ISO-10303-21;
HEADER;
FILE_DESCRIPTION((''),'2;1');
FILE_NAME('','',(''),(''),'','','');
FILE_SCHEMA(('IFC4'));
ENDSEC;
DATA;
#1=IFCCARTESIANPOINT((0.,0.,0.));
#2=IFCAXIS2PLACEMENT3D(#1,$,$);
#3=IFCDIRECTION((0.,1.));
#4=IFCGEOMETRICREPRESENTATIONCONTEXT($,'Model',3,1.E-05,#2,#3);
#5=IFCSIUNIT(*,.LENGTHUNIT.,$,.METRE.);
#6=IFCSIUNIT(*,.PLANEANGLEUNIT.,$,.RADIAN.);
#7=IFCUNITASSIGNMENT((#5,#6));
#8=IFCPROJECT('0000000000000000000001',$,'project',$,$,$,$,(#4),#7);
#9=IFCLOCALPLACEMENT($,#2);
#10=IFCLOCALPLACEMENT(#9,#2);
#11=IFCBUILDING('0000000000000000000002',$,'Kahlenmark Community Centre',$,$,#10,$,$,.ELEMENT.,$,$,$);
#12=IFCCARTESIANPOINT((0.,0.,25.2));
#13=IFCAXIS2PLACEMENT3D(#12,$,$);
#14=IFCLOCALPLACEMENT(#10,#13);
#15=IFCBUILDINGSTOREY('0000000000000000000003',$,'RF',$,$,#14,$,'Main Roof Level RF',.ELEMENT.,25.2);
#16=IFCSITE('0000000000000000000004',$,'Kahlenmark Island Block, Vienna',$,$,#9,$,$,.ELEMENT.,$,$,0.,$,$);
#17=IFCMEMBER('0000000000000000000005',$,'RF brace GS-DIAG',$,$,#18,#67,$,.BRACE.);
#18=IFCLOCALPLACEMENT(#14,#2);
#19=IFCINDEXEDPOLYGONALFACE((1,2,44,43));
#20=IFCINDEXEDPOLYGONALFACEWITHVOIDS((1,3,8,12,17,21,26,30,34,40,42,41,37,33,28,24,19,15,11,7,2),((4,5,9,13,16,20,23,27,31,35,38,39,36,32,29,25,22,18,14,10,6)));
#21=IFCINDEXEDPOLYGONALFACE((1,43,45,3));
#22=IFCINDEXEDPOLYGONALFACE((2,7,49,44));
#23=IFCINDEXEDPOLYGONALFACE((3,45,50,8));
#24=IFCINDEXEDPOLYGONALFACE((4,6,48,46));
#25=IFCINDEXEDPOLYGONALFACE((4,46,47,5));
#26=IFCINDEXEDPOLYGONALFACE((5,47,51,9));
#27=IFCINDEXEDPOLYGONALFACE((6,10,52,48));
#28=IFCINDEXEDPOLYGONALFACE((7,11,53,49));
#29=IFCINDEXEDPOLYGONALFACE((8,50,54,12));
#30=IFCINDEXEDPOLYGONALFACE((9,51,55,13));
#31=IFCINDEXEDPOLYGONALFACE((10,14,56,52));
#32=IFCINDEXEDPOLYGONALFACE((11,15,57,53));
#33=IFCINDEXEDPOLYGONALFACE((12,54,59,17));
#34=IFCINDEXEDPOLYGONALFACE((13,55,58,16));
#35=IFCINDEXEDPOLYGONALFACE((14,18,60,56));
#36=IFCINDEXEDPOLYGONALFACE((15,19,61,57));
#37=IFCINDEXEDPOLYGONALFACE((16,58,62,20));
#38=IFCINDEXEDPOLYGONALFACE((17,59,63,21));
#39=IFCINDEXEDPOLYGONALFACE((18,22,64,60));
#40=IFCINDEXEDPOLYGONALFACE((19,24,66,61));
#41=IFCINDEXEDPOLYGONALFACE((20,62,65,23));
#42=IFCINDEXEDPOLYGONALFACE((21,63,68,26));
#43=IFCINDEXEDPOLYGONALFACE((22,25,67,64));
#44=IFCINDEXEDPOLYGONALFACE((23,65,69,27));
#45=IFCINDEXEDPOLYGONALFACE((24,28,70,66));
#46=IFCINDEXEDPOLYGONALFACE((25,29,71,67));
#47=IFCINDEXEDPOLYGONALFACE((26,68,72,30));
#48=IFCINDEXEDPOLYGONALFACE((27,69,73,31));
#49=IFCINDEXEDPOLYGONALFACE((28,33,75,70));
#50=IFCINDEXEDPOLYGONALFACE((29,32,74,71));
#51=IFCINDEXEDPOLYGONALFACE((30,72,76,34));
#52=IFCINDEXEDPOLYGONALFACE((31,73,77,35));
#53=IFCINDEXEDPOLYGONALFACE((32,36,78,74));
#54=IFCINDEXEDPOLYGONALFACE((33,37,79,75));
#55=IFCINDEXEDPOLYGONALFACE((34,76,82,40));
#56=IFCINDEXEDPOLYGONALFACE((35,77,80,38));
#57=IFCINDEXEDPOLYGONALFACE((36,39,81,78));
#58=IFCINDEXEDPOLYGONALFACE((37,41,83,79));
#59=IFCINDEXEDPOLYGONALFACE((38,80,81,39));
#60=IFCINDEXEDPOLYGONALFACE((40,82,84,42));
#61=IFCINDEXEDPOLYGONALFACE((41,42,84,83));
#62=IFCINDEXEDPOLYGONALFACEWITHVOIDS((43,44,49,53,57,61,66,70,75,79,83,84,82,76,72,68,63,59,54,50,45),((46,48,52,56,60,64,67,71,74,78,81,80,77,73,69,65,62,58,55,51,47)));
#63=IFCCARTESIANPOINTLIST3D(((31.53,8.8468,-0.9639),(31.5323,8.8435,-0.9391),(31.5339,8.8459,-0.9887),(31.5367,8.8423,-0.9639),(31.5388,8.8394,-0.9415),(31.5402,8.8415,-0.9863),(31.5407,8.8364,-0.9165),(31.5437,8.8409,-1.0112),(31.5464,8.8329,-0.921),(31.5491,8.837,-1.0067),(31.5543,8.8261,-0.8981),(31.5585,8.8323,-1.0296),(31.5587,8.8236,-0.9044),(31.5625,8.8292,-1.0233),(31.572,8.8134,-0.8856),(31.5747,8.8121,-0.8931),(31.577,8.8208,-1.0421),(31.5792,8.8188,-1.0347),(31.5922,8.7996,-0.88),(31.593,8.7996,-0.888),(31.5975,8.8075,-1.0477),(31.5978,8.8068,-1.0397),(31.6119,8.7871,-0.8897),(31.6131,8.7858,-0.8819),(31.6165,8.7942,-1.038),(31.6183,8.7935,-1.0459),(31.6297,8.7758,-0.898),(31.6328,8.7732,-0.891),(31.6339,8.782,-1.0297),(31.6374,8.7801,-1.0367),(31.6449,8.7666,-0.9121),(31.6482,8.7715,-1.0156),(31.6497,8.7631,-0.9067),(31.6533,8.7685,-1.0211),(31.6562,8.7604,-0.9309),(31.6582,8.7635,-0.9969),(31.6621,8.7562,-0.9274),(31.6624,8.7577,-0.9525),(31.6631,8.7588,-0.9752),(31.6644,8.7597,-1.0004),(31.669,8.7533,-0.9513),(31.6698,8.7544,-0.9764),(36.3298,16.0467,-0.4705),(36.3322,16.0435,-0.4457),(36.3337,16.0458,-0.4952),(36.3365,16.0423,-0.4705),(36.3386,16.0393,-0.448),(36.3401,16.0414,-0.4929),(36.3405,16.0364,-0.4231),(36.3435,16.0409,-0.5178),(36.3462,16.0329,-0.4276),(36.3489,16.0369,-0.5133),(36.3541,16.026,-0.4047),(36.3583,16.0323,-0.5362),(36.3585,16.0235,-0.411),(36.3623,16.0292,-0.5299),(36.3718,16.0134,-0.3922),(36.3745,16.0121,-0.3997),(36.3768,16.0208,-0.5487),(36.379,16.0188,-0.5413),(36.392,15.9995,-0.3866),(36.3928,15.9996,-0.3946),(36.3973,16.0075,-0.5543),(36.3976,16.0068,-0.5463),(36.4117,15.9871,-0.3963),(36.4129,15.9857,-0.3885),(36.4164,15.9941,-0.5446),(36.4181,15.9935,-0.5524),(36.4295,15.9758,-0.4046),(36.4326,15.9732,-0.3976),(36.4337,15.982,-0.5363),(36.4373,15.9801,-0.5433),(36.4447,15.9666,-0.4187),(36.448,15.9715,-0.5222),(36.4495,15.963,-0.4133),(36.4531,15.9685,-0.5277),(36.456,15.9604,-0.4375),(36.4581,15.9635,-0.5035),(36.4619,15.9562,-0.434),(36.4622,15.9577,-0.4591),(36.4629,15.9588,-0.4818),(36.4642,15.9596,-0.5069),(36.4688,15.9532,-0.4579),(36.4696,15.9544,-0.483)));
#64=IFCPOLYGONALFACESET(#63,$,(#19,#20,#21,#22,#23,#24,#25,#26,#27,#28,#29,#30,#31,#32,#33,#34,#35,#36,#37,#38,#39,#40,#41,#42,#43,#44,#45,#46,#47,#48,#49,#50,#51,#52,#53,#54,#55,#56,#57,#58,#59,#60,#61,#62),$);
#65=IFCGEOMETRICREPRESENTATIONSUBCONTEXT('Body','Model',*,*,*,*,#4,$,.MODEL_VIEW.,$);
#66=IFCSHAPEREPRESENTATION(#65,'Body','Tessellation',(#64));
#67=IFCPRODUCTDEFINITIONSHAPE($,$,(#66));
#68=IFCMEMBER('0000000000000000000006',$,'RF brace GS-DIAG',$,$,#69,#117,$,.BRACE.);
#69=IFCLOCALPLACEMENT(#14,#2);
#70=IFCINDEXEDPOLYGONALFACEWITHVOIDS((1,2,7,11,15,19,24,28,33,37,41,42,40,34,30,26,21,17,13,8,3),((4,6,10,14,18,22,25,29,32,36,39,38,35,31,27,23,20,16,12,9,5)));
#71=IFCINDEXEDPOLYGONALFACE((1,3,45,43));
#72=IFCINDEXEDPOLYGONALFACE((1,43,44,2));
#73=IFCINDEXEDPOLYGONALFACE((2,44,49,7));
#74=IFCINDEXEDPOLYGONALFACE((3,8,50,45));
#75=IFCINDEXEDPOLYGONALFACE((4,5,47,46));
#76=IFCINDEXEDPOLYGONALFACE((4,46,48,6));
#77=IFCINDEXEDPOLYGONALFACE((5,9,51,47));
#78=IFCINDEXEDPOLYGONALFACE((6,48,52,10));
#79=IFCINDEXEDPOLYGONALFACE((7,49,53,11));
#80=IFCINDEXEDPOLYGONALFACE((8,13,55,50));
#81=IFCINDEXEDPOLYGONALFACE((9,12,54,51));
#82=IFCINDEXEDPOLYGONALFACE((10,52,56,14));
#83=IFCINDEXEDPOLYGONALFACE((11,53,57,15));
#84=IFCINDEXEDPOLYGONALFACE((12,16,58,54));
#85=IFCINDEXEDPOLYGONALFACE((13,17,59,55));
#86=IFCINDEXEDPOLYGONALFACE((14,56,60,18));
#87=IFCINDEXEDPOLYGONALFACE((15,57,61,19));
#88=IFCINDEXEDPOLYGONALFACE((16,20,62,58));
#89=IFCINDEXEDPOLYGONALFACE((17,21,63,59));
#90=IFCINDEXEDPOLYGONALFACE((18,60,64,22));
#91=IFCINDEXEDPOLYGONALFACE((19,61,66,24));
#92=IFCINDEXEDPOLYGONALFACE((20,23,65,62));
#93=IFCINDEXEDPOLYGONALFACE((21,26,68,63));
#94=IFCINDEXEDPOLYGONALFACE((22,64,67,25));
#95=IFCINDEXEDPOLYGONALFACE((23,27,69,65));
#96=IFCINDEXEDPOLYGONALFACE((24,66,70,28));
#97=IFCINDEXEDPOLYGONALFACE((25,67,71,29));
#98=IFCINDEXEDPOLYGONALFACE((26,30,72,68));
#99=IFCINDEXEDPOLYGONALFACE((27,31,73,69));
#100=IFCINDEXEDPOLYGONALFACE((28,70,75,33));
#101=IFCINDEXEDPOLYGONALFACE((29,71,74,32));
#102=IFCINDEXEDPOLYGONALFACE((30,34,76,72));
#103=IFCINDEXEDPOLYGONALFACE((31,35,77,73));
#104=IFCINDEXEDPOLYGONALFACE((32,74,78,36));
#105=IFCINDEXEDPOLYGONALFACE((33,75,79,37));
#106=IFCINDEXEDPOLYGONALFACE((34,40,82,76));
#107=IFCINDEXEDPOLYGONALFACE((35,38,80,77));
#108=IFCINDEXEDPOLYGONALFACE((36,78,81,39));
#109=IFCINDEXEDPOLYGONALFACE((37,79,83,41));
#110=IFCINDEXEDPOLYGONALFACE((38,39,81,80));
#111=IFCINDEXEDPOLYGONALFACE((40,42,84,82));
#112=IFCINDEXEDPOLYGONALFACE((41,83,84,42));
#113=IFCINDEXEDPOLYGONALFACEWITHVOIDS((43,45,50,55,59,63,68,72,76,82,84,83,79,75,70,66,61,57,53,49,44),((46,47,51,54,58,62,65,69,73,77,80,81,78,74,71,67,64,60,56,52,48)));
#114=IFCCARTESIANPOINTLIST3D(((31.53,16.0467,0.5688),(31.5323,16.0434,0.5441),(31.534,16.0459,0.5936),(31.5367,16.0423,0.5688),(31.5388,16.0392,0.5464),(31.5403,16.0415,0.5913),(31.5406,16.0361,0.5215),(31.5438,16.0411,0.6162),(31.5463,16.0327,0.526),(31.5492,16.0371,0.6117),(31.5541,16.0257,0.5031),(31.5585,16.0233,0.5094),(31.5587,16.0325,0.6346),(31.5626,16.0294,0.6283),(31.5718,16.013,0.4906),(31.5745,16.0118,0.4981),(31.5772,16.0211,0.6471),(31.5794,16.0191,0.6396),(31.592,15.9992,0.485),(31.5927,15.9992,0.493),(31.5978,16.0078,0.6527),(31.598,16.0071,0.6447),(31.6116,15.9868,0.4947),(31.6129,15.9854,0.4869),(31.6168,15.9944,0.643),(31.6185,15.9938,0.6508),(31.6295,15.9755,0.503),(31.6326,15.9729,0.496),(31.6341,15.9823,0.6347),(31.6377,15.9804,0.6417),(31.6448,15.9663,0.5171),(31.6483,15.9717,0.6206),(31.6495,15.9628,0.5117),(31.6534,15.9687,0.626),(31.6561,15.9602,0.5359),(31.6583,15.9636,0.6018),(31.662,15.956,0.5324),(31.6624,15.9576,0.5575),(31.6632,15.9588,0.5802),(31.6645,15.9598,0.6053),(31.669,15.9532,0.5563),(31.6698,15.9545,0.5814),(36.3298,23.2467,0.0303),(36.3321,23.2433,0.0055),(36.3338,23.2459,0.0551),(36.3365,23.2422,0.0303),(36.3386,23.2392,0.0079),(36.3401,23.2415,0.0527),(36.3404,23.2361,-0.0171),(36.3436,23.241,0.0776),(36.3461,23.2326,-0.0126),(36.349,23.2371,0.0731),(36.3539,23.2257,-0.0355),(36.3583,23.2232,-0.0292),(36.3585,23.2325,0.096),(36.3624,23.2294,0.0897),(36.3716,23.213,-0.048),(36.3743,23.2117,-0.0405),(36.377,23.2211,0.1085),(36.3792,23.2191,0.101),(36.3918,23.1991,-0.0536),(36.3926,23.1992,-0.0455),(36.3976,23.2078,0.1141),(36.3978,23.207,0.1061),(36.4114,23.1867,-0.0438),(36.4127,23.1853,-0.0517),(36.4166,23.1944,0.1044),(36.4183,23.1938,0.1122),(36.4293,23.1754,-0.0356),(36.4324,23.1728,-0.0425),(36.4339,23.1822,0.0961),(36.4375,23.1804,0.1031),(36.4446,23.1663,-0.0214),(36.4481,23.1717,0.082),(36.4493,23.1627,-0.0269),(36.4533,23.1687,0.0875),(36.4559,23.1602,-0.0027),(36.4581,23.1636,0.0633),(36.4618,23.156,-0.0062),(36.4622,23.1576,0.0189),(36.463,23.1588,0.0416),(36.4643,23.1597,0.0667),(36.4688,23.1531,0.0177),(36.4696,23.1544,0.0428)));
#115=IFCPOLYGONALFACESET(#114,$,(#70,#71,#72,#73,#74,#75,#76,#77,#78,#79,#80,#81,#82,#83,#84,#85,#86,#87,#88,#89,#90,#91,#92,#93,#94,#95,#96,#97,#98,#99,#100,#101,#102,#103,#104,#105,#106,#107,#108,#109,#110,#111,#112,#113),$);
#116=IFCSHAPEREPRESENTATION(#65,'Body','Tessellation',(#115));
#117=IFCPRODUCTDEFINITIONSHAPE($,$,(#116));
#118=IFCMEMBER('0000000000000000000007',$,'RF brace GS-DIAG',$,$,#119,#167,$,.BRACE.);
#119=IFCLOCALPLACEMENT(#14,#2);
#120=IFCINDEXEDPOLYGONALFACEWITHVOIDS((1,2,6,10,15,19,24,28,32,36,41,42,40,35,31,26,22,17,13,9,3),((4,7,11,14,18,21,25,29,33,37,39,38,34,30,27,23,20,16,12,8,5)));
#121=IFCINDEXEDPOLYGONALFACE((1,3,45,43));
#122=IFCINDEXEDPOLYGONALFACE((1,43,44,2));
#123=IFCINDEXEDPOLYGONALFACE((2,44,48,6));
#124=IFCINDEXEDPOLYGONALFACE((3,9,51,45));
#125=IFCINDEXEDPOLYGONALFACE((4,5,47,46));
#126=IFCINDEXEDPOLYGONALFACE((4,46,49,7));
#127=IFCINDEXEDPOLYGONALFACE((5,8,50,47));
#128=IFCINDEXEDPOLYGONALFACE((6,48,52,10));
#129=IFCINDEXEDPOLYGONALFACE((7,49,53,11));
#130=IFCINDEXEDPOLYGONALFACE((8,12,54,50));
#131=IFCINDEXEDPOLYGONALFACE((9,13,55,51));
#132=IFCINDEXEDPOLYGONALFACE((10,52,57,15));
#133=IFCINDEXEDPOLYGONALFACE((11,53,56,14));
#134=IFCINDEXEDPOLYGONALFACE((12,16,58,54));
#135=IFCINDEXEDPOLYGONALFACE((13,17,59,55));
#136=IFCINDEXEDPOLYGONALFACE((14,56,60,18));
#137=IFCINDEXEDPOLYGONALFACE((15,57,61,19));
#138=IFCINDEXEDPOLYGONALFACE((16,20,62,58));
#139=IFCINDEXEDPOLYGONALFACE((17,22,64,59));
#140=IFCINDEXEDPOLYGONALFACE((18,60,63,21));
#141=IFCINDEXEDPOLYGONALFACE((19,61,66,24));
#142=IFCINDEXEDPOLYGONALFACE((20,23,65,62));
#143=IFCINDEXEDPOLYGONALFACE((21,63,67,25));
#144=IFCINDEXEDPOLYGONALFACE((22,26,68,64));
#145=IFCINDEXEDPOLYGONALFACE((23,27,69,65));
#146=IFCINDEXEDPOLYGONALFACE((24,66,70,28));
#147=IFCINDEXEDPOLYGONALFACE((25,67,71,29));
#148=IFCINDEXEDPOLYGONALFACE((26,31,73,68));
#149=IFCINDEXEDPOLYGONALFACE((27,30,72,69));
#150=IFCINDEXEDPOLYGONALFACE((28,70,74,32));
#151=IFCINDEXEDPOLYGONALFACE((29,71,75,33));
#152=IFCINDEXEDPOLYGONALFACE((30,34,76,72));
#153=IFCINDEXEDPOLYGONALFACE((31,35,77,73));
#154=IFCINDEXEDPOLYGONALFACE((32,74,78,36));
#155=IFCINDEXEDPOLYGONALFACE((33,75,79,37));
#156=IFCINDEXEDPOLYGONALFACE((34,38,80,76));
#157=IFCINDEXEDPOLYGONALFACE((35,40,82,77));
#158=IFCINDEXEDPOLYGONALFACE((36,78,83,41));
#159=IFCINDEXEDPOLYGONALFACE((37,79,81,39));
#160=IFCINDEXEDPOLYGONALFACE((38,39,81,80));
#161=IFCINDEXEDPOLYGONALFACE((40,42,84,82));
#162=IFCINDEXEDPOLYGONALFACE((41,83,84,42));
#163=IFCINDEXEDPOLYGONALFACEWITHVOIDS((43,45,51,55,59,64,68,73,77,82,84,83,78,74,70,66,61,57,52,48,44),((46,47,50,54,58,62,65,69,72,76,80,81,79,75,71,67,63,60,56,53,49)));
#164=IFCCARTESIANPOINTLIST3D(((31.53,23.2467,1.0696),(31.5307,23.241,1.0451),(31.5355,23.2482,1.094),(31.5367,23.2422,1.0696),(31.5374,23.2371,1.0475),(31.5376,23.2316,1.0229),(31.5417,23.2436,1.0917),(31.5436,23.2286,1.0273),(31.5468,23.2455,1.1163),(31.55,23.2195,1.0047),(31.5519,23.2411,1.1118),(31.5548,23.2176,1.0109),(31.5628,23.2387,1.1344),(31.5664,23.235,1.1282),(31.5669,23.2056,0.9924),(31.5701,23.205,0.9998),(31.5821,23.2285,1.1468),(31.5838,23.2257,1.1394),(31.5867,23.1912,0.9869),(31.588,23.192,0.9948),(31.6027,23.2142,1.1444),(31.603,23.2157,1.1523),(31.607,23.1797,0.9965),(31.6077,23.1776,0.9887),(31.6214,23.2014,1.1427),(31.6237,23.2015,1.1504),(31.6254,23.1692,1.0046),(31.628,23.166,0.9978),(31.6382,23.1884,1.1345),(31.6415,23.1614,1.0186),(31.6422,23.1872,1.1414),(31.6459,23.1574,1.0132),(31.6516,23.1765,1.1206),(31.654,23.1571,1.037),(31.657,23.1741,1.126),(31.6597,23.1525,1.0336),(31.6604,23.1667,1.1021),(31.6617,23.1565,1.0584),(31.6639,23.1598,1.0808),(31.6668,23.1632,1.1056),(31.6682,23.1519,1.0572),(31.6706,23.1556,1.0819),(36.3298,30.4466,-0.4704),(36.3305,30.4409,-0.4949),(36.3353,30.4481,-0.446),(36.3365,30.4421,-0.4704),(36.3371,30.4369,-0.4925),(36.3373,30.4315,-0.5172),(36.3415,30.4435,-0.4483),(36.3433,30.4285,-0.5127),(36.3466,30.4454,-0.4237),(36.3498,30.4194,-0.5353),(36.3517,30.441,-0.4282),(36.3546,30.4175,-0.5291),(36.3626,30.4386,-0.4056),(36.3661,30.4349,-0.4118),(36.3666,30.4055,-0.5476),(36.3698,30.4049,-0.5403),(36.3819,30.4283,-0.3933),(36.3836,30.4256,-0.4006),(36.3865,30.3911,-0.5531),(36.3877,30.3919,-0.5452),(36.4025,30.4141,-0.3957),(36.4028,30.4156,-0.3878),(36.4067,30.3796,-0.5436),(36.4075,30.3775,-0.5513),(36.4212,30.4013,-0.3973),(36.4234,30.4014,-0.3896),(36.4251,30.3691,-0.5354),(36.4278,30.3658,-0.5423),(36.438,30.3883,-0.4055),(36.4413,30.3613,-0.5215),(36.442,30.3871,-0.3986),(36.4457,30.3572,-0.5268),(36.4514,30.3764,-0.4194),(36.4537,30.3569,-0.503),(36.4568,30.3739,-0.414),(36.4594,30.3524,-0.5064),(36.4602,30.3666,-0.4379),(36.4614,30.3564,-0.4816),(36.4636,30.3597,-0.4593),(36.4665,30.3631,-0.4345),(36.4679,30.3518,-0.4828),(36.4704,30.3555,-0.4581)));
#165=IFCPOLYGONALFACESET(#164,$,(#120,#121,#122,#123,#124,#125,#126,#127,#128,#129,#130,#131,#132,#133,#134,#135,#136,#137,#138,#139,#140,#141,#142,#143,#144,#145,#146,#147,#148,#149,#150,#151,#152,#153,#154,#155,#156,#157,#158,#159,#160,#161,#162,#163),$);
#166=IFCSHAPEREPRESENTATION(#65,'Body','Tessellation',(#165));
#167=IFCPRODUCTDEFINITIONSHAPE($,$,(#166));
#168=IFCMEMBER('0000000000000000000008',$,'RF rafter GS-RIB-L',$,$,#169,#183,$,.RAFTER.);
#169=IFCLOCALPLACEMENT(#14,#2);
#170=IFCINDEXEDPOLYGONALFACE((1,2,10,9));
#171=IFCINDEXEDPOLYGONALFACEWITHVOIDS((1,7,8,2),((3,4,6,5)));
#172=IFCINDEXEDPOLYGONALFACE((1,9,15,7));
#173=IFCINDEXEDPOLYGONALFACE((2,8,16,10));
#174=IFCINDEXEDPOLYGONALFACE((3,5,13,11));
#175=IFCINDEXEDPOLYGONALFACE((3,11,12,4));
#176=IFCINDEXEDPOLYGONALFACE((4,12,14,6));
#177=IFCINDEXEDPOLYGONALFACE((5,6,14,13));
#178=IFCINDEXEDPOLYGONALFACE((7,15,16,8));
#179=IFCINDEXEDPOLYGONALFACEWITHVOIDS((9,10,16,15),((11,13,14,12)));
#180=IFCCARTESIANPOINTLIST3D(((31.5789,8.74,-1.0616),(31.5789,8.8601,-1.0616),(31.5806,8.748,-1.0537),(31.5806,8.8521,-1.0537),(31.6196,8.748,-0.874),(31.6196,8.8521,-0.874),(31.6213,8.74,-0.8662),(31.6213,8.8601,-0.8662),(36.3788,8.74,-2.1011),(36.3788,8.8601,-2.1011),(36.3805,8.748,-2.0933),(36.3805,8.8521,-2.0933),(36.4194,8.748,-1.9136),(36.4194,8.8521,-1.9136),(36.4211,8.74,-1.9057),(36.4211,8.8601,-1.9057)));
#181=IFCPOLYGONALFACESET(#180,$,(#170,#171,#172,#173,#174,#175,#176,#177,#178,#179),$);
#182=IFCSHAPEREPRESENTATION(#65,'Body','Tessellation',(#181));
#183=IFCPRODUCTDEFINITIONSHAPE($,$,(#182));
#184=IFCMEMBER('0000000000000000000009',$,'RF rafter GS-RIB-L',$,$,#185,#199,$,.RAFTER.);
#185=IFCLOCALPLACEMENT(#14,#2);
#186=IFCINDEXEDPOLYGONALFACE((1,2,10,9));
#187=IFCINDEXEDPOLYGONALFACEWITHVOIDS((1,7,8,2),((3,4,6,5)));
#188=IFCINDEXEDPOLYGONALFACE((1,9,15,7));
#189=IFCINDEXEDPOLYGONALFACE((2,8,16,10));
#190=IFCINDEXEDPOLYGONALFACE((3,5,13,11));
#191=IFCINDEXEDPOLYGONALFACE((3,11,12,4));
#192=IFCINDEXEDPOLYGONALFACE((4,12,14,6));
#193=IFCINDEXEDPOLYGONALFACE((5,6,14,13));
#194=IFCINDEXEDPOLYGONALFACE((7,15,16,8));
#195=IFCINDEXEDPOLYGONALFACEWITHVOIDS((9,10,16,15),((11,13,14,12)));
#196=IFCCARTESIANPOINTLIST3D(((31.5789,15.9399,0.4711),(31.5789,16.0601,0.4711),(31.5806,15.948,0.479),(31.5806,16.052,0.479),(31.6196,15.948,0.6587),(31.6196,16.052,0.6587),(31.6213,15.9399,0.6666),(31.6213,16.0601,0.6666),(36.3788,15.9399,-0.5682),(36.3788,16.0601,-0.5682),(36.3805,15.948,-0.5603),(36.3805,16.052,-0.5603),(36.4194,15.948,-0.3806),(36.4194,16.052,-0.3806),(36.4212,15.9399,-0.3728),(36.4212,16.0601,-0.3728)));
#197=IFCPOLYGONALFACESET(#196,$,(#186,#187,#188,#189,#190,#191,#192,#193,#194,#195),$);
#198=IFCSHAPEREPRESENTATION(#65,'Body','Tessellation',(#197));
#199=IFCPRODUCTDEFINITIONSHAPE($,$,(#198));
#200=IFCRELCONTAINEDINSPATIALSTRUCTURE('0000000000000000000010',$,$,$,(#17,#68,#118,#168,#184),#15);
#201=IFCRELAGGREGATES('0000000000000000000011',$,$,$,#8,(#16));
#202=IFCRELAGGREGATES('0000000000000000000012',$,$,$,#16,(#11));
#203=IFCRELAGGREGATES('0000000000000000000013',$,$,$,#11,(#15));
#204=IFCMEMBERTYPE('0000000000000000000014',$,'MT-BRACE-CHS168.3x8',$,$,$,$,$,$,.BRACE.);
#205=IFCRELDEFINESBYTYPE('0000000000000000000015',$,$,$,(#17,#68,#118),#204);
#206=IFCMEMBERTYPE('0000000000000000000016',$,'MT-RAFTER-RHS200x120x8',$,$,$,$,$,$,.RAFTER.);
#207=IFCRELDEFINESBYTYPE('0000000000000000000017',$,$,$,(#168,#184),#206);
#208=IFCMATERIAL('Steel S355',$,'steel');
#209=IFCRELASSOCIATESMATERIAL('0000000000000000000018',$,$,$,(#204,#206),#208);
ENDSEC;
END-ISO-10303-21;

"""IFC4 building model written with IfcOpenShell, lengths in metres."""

from ifc_helpers import new_model, si_unit, direction, frame, origin, origin_2d, place, context, subcontext, project, spatial, hollow_rectangle, hollow_circle, extrude, material, material_profile, profile_set, type_object, element, save


model = new_model("IFC4")

# Units and contexts
model_context = context("Model", 3, precision=1e-05, world=origin(), true_north=direction((0.0, 1.0)))
body_context = subcontext(model_context, "Body", "Model", "MODEL_VIEW")
ifc_project = project(units=[si_unit("LENGTHUNIT", "METRE"), si_unit("PLANEANGLEUNIT", "RADIAN")], contexts=[model_context])

# Site, building, storey
site_placement = place(None, origin())
site = spatial("IfcSite", under=ifc_project, at=site_placement, Name="Kahlenmark Island Block, Vienna", CompositionType="ELEMENT", RefElevation=0.0)
building_placement = place(site_placement, origin())
building = spatial("IfcBuilding", under=site, at=building_placement, Name="Kahlenmark Community Centre", CompositionType="ELEMENT")
storey_placement = place(building_placement, frame((0.0, 0.0, 25.2)))
storey = spatial("IfcBuildingStorey", under=building, at=storey_placement, Name="RF", LongName="Main Roof Level RF", CompositionType="ELEMENT", Elevation=25.2)

# Members
ifc_material_1 = material(Name="Steel S355", Category="steel")
ifc_material_profile_1 = material_profile(ifc_material_1, hollow_circle(Radius=0.0842, WallThickness=0.0081, at=origin_2d()), Name="CHS 168.3x8")
ifc_profile_set_1 = profile_set([ifc_material_profile_1], Name="Steel S355")
member_type_1 = type_object("IfcMemberType", Name="MT-BRACE-CHS168.3x8", PredefinedType="BRACE", material=ifc_profile_set_1)
member_1_placement = place(storey_placement, frame((31.6001, 8.8, -0.9639), z_axis=(0.553788, 0.83071, 0.056928), x_axis=(-0.832059, 0.554687, 0.0)))
element("IfcMember", 1, at=member_1_placement, inside=storey, type_object=member_type_1, Name="RF brace GS-DIAG", PredefinedType="BRACE", context=body_context, shape_type="SweptSolid", body=[
    extrude(hollow_circle(Radius=0.0842, WallThickness=0.0081, at=origin_2d()), origin(), (0.0, 0.0, 1.0), 8.6672),
])
member_2_placement = place(storey_placement, frame((31.6001, 16.0, 0.5688), z_axis=(0.553616, 0.830452, -0.06212), x_axis=(-0.832059, 0.554687, 0.0)))
element("IfcMember", 2, at=member_2_placement, inside=storey, type_object=member_type_1, Name="RF brace GS-DIAG", PredefinedType="BRACE", context=body_context, shape_type="SweptSolid", body=[
    extrude(hollow_circle(Radius=0.0842, WallThickness=0.0081, at=origin_2d()), origin(), (0.0, 0.0, 1.0), 8.6699),
])
member_3_placement = place(storey_placement, frame((31.6001, 23.2, 1.0696), z_axis=(0.546106, 0.819186, -0.17522), x_axis=(-0.832059, 0.554687, 0.0)))
element("IfcMember", 3, at=member_3_placement, inside=storey, type_object=member_type_1, Name="RF brace GS-DIAG", PredefinedType="BRACE", context=body_context, shape_type="SweptSolid", body=[
    extrude(hollow_circle(Radius=0.0842, WallThickness=0.0081, at=origin_2d()), origin(), (0.0, 0.0, 1.0), 8.7891),
])
ifc_material_profile_2 = material_profile(ifc_material_1, hollow_rectangle(XDim=0.1201, YDim=0.2, WallThickness=0.0081, at=origin_2d()), Name="RHS 200x120x8")
ifc_profile_set_2 = profile_set([ifc_material_profile_2], Name="Steel S355")
member_type_2 = type_object("IfcMemberType", Name="MT-RAFTER-RHS200x120x8", PredefinedType="RAFTER", material=ifc_profile_set_2)
for number, where, z_axis, x_axis, name in (
    (4, (31.6001, 8.8, -0.9639), (0.97734, 0.0, -0.211674), (0.0, 1.0, 0.0), "RF rafter GS-RIB-L"),
    (5, (31.6001, 16.0, 0.5688), (0.977351, 0.0, -0.211627), (0.0, 1.0, 0.0), "RF rafter GS-RIB-L"),
):
    element("IfcMember", number, at=place(storey_placement, frame(where, z_axis=z_axis, x_axis=x_axis)), inside=storey, type_object=member_type_2, Name=name, PredefinedType="RAFTER", context=body_context, shape_type="SweptSolid", body=[
        extrude(hollow_rectangle(XDim=0.1201, YDim=0.2, WallThickness=0.0081, at=origin_2d()), origin(), (0.0, 0.0, 1.0), 4.9111),
    ])

save(model, "model.ifc")
